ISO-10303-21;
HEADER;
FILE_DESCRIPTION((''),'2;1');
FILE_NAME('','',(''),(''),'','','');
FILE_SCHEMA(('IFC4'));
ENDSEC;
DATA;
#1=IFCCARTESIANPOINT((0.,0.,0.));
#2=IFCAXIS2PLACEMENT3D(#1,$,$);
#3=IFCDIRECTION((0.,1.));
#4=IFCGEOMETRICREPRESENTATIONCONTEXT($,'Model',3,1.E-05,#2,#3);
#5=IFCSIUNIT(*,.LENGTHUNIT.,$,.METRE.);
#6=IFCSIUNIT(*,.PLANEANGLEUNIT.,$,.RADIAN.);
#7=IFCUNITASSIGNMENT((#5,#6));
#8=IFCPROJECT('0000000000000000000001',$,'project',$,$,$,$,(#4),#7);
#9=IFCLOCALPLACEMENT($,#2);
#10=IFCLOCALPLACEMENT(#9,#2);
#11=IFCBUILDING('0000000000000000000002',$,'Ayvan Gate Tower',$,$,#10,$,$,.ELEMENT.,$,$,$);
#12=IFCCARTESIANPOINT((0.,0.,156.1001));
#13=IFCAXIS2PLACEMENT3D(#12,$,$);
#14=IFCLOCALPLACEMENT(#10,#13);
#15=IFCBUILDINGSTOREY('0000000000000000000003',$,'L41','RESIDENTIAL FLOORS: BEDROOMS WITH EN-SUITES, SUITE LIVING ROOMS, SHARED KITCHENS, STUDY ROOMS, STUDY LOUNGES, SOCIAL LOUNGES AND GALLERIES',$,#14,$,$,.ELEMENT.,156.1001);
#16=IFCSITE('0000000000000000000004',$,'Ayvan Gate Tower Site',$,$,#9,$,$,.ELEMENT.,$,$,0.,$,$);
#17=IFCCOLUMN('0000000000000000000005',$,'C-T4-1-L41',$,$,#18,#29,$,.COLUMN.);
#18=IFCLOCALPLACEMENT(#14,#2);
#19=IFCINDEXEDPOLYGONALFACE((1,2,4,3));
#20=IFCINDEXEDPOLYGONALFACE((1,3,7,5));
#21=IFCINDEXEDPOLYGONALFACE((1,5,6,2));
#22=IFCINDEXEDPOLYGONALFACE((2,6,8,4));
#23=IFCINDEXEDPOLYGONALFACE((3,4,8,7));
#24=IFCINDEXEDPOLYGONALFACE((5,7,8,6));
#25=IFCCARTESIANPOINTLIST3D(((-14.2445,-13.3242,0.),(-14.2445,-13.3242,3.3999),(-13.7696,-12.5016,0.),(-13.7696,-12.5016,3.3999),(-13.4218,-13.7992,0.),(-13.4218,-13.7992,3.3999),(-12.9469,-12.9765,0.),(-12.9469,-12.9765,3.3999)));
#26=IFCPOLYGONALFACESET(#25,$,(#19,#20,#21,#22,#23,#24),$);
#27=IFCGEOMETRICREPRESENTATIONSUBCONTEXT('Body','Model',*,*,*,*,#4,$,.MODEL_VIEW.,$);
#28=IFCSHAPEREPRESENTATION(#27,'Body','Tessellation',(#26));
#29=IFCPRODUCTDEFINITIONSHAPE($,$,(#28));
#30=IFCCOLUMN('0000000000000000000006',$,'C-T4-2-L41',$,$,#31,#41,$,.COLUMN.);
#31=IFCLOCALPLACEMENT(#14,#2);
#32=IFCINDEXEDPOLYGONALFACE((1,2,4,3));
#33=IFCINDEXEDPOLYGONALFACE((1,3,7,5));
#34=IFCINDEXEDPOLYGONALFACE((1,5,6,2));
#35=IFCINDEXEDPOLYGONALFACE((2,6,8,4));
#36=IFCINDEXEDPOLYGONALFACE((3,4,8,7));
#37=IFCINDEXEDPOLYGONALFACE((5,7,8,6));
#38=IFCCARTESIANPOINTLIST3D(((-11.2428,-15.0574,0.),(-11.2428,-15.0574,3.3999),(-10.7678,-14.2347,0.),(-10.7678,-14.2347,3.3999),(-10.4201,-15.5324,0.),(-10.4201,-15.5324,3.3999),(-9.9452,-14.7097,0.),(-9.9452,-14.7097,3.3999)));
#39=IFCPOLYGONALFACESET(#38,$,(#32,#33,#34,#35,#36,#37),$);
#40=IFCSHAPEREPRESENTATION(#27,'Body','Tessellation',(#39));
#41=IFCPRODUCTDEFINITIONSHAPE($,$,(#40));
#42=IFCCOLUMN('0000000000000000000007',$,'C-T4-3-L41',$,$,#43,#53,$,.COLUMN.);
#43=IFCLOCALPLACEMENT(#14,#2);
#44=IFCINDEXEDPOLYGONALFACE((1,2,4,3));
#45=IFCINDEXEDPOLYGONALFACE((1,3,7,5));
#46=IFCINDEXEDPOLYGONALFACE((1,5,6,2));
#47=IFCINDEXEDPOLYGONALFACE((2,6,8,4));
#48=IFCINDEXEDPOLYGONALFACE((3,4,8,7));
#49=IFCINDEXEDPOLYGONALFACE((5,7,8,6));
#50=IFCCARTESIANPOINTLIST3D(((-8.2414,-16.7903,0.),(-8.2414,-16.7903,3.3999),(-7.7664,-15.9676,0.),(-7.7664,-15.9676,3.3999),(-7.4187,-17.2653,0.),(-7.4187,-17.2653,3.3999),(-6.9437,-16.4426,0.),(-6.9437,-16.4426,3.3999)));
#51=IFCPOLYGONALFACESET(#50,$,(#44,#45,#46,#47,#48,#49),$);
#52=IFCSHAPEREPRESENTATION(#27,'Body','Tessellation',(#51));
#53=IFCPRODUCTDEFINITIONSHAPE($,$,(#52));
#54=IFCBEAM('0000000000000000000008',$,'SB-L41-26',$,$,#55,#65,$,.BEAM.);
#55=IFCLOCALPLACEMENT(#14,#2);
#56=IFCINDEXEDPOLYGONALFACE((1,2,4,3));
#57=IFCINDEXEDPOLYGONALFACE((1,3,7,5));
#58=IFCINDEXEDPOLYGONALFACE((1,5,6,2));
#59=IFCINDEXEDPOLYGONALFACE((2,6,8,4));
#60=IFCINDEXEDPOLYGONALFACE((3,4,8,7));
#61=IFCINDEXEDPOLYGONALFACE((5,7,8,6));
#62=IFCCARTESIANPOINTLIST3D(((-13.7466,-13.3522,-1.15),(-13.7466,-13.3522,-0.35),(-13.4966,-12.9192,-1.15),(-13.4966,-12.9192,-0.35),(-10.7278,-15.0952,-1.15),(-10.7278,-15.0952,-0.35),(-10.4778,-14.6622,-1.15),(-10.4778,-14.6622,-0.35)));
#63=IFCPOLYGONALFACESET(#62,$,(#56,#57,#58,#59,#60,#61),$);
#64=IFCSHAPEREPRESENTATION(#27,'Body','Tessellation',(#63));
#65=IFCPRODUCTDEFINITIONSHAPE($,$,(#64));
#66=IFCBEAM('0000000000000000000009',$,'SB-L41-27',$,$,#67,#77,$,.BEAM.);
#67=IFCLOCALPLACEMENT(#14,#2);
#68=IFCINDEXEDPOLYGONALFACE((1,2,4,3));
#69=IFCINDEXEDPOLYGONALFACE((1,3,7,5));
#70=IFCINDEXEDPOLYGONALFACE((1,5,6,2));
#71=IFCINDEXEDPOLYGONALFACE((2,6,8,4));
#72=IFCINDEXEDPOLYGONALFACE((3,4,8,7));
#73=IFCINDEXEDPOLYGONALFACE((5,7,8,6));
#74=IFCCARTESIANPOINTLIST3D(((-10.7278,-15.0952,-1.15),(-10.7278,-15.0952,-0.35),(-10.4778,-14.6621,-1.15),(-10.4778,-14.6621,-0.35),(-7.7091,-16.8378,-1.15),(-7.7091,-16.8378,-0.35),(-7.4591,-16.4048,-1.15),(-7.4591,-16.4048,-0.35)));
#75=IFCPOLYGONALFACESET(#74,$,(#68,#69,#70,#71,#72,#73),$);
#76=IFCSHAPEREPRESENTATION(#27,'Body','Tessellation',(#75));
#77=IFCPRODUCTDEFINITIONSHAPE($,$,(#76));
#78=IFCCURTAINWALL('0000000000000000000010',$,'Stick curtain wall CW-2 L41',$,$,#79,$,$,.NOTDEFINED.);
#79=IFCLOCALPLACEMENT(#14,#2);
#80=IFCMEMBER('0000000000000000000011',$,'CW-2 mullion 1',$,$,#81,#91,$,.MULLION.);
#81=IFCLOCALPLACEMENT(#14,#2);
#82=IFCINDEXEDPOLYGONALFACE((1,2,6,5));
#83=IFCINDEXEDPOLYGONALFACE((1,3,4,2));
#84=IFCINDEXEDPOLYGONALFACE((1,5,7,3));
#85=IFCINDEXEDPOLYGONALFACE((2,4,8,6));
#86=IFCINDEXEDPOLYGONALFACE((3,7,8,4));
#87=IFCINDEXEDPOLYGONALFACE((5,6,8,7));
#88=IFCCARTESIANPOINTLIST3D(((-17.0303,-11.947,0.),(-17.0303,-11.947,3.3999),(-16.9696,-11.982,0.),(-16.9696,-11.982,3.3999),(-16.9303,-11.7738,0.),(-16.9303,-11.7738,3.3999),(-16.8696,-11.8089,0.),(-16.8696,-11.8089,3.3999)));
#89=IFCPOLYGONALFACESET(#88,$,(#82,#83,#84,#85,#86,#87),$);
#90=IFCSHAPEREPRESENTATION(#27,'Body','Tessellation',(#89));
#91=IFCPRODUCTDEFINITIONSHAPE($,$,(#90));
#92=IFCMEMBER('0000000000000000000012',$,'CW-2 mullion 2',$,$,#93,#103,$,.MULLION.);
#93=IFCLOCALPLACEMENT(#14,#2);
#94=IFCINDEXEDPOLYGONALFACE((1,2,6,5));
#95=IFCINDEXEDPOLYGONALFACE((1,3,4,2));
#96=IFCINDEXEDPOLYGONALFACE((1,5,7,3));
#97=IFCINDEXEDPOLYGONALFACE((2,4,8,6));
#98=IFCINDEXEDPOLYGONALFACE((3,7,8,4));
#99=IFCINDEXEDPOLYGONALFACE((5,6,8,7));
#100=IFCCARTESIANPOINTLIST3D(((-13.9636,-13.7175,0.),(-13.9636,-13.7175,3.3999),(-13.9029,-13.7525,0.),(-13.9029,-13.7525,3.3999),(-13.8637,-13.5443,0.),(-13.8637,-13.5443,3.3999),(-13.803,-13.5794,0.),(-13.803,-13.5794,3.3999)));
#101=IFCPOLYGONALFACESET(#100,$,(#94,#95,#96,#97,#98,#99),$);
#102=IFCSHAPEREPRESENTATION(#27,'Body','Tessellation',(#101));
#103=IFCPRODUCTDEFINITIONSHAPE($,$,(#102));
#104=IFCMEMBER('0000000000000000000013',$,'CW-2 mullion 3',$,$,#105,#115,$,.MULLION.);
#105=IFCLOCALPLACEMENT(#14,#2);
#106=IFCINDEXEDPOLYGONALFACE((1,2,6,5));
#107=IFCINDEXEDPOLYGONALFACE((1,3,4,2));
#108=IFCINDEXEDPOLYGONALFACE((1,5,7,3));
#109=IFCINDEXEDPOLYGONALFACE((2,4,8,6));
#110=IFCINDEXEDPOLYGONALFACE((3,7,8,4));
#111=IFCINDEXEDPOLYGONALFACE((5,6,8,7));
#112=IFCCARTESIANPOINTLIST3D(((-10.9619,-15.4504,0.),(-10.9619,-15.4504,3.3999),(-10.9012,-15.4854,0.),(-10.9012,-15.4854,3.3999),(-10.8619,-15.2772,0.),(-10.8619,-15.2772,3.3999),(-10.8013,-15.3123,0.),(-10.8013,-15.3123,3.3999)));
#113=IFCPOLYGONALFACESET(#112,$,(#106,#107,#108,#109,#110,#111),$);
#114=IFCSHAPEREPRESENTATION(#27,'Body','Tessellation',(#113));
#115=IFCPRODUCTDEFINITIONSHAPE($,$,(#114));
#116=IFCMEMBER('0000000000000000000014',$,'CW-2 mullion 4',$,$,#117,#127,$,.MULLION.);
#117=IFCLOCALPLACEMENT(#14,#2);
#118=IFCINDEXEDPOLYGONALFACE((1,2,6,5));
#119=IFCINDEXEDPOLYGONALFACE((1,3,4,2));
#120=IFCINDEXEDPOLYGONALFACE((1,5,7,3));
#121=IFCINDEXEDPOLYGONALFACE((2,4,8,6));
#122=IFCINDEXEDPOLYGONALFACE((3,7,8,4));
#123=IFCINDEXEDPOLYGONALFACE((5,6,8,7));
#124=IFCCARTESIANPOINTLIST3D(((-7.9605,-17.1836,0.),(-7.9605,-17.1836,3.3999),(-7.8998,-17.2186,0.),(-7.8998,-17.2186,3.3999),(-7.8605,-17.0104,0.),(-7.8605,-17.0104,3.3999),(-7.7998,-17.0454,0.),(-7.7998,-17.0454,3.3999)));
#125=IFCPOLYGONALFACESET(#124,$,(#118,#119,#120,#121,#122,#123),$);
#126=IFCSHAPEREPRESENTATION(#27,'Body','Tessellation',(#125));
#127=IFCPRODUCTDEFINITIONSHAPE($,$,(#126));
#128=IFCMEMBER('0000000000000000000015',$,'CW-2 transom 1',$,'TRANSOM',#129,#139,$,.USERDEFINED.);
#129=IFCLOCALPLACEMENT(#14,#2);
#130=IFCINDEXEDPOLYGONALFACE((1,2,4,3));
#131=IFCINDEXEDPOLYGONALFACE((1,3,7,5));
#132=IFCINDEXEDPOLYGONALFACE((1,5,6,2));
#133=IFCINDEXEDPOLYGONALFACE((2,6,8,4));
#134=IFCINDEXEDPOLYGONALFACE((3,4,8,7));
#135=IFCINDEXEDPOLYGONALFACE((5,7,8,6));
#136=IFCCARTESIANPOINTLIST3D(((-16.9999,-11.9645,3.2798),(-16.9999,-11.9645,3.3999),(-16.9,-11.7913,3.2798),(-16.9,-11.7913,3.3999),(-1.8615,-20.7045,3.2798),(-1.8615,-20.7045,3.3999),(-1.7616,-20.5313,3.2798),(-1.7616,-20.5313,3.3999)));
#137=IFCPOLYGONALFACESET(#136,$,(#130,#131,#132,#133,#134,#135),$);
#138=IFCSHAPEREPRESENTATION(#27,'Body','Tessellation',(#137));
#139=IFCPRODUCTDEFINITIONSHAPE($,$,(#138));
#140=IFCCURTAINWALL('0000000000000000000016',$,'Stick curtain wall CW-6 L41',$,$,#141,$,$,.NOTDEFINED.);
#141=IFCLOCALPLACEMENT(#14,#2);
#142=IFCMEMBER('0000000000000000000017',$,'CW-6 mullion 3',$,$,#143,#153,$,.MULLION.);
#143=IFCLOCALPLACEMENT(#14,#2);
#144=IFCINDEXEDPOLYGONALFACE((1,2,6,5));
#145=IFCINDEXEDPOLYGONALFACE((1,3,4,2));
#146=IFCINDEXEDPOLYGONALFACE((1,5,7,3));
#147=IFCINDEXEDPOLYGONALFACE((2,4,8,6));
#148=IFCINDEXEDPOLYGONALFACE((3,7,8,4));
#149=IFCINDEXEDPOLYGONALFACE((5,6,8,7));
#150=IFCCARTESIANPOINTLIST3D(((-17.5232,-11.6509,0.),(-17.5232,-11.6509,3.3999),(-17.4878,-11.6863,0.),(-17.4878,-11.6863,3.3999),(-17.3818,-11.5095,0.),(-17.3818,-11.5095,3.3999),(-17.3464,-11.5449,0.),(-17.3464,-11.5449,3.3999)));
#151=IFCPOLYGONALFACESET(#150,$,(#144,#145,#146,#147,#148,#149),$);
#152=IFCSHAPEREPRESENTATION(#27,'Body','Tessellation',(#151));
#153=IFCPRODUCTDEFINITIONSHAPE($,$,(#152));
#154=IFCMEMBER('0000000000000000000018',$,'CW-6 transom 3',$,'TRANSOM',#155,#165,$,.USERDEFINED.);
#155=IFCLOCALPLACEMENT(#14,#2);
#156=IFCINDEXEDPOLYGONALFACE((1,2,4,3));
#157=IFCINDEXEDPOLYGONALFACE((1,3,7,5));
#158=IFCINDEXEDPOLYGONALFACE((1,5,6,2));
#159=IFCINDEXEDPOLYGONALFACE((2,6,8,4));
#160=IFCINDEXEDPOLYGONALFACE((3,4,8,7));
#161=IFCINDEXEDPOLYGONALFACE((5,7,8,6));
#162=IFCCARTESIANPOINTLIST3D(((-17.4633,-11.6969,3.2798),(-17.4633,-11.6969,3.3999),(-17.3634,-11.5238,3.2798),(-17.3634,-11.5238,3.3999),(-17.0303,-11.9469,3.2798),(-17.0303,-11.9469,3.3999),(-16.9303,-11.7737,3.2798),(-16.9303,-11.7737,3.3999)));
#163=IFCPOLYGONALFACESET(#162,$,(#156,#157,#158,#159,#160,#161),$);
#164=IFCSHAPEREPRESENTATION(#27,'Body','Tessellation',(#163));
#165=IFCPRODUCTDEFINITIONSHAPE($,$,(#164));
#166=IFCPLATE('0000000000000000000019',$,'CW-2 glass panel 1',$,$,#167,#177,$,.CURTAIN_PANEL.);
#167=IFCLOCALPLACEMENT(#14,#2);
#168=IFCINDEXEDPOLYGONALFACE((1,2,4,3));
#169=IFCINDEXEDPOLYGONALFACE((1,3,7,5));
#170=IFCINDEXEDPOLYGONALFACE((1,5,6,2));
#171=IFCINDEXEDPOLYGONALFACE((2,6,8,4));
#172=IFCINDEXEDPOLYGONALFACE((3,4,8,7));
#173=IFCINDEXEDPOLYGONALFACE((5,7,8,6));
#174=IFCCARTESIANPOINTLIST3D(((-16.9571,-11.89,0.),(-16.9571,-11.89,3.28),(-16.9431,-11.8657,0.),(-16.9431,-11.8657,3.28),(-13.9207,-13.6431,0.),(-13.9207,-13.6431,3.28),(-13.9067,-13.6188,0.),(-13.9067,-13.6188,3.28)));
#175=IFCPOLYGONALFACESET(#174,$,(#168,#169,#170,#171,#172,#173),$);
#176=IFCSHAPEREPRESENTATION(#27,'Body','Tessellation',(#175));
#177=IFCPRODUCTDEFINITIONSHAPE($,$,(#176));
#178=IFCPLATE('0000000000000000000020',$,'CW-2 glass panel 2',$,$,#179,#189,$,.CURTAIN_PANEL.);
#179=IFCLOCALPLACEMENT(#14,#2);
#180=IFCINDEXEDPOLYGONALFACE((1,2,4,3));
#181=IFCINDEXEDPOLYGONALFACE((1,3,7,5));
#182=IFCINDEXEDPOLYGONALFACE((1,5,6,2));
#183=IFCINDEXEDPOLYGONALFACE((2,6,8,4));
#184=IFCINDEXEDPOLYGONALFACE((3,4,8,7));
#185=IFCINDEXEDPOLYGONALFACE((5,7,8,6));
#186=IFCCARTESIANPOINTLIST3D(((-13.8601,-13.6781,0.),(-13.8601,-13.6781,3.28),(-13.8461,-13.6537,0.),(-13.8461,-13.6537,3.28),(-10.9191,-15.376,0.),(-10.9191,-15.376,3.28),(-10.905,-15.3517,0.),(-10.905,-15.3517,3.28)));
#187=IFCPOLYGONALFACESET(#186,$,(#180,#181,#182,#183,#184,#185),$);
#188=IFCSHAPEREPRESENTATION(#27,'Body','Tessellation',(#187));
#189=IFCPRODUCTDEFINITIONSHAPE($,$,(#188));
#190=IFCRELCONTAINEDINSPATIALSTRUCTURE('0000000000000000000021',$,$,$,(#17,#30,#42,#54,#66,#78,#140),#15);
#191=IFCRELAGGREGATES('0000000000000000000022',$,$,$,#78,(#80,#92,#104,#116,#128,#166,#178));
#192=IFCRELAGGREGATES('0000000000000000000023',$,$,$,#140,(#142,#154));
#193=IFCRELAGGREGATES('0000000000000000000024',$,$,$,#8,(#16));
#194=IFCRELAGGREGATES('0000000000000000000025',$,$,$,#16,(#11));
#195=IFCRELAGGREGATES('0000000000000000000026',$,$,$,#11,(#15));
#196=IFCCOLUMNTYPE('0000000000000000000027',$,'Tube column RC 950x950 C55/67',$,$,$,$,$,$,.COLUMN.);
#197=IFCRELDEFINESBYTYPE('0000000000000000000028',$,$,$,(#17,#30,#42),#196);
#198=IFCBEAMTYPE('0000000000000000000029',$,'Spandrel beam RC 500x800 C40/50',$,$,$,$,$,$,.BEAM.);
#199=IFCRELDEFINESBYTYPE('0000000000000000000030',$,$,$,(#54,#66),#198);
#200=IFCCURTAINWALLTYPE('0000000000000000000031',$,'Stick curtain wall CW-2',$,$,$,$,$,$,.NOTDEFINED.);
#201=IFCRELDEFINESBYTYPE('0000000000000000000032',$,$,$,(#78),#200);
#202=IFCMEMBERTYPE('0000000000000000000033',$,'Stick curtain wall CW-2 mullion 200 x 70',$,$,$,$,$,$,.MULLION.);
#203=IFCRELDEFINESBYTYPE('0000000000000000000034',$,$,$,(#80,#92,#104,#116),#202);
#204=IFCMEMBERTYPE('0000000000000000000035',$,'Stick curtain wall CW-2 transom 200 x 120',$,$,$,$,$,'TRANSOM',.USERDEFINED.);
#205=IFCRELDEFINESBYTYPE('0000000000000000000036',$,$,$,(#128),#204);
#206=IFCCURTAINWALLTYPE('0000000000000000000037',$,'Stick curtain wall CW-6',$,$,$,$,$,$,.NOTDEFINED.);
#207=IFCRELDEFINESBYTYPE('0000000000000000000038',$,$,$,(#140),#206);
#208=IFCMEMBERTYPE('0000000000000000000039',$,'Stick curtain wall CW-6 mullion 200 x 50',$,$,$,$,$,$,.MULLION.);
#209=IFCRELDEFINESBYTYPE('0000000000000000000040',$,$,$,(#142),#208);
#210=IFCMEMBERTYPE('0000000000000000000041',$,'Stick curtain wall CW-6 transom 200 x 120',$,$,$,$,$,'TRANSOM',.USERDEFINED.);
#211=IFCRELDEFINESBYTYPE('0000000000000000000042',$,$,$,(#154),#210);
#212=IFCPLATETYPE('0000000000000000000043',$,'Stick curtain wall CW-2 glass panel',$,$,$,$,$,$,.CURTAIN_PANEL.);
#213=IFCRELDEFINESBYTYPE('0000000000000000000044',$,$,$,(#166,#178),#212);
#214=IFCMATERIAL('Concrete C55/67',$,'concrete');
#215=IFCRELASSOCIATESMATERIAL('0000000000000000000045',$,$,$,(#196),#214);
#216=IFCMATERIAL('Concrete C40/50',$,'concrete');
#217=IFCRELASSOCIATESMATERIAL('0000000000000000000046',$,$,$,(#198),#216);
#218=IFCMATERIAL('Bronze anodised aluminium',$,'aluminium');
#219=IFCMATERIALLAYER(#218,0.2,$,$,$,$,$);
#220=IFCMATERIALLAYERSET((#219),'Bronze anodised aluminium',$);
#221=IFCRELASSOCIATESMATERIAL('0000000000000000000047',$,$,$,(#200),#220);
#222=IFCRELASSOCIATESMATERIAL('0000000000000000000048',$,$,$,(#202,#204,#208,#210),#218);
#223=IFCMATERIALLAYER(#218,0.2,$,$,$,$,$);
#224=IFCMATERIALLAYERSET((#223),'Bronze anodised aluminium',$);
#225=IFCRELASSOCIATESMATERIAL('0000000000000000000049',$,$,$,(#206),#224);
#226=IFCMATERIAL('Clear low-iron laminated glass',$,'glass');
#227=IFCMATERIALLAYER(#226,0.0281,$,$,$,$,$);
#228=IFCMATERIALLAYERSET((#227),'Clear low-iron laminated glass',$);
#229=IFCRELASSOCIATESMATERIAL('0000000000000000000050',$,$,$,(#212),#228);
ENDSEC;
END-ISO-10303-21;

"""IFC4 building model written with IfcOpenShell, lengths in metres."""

from ifc_helpers import new_model, si_unit, direction, frame, origin, origin_2d, place, context, subcontext, project, spatial, rectangle, extrude, material, layer, layer_set, material_profile, profile_set, type_object, element, aggregate, save


model = new_model("IFC4")

# Units and contexts
model_context = context("Model", 3, precision=1e-05, world=origin(), true_north=direction((0.0, 1.0)))
body_context = subcontext(model_context, "Body", "Model", "MODEL_VIEW")
ifc_project = project(units=[si_unit("LENGTHUNIT", "METRE"), si_unit("PLANEANGLEUNIT", "RADIAN")], contexts=[model_context])

# Site, building, storey
site_placement = place(None, origin())
site = spatial("IfcSite", under=ifc_project, at=site_placement, Name="Ayvan Gate Tower Site", CompositionType="ELEMENT", RefElevation=0.0)
building_placement = place(site_placement, origin())
building = spatial("IfcBuilding", under=site, at=building_placement, Name="Ayvan Gate Tower", CompositionType="ELEMENT")
storey_placement = place(building_placement, frame((0.0, 0.0, 156.1001)))
storey = spatial("IfcBuildingStorey", under=building, at=storey_placement, Name="L41", Description="RESIDENTIAL FLOORS: BEDROOMS WITH EN-SUITES, SUITE LIVING ROOMS, SHARED KITCHENS, STUDY ROOMS, STUDY LOUNGES, SOCIAL LOUNGES AND GALLERIES", CompositionType="ELEMENT", Elevation=156.1001)

# Columns
ifc_material_1 = material(Name="Concrete C55/67", Category="concrete")
ifc_material_profile_1 = material_profile(ifc_material_1, rectangle(XDim=0.95, YDim=0.95, at=origin_2d()), Name="RC 950x950")
ifc_profile_set_1 = profile_set([ifc_material_profile_1], Name="Concrete C55/67")
column_type = type_object("IfcColumnType", Name="Tube column RC 950x950 C55/67", PredefinedType="COLUMN", material=ifc_profile_set_1)
for number, where, z_axis, x_axis, name in (
    (1, (-13.5957, -13.1504, 0.0), (0.0, 0.0, 1.0), (-0.5, -0.866025, 0.0), "C-T4-1-L41"),
    (2, (-10.594, -14.8835, 0.0), (0.0, 0.0, 1.0), (-0.5, -0.866025, 0.0), "C-T4-2-L41"),
    (3, (-7.5925, -16.6165, 0.0), (0.0, 0.0, 1.0), (-0.5, -0.866025, 0.0), "C-T4-3-L41"),
):
    element("IfcColumn", number, at=place(storey_placement, frame(where, z_axis=z_axis, x_axis=x_axis)), inside=storey, type_object=column_type, Name=name, PredefinedType="COLUMN", context=body_context, shape_type="SweptSolid", body=[
        extrude(rectangle(XDim=0.95, YDim=0.95, at=origin_2d()), origin(), (0.0, 0.0, 1.0), 3.3999),
    ])

# Beams
ifc_material_2 = material(Name="Concrete C40/50", Category="concrete")
ifc_material_profile_2 = material_profile(ifc_material_2, rectangle(XDim=0.5, YDim=0.8, at=origin_2d()), Name="RC 500x800")
ifc_profile_set_2 = profile_set([ifc_material_profile_2], Name="Concrete C40/50")
beam_type = type_object("IfcBeamType", Name="Spandrel beam RC 500x800 C40/50", PredefinedType="BEAM", material=ifc_profile_set_2)
beam_1_placement = place(storey_placement, frame((-13.6216, -13.1357, -0.75), z_axis=(0.866023, -0.500003, 0.0), x_axis=(0.500003, 0.866023, 0.0)))
element("IfcBeam", 4, at=beam_1_placement, inside=storey, type_object=beam_type, Name="SB-L41-26", PredefinedType="BEAM", context=body_context, shape_type="SweptSolid", body=[
    extrude(rectangle(XDim=0.5, YDim=0.8, at=origin_2d()), origin(), (0.0, 0.0, 1.0), 3.4858),
])
beam_2_placement = place(storey_placement, frame((-10.6028, -14.8787, -0.75), z_axis=(0.866054, -0.499951, 0.0), x_axis=(0.499951, 0.866054, 0.0)))
element("IfcBeam", 5, at=beam_2_placement, inside=storey, type_object=beam_type, Name="SB-L41-27", PredefinedType="BEAM", context=body_context, shape_type="SweptSolid", body=[
    extrude(rectangle(XDim=0.5, YDim=0.8, at=origin_2d()), origin(), (0.0, 0.0, 1.0), 3.4856),
])

# Curtain walls, members
ifc_material_3 = material(Name="Bronze anodised aluminium", Category="aluminium")
ifc_layer_1 = layer(ifc_material_3, 0.2)
ifc_layer_set_1 = layer_set([ifc_layer_1], Name="Bronze anodised aluminium")
curtain_wall_type_1 = type_object("IfcCurtainWallType", Name="Stick curtain wall CW-2", PredefinedType="NOTDEFINED", material=ifc_layer_set_1)
curtain_wall_1_placement = place(storey_placement, origin())
curtain_wall_1 = element("IfcCurtainWall", 6, at=curtain_wall_1_placement, inside=storey, type_object=curtain_wall_type_1, Name="Stick curtain wall CW-2 L41", PredefinedType="NOTDEFINED")
ifc_material_profile_3 = material_profile(ifc_material_3, rectangle(XDim=0.2, YDim=0.0701, at=origin_2d()), Name="Stick curtain wall CW-2 mullion 200 x 70")
ifc_profile_set_3 = profile_set([ifc_material_profile_3], Name="Bronze anodised aluminium")
member_type_1 = type_object("IfcMemberType", Name="Stick curtain wall CW-2 mullion 200 x 70", PredefinedType="MULLION", material=ifc_profile_set_3)
member_1_placement = place(storey_placement, frame((-16.95, -11.8779, 0.0), z_axis=(0.0, 0.0, 1.0), x_axis=(-0.5, -0.866025, 0.0)))
member_1 = element("IfcMember", 7, at=member_1_placement, type_object=member_type_1, Name="CW-2 mullion 1", PredefinedType="MULLION", context=body_context, shape_type="SweptSolid", body=[
    extrude(rectangle(XDim=0.2, YDim=0.0701, at=origin_2d()), origin(), (0.0, 0.0, 1.0), 3.3999),
])
member_2_placement = place(storey_placement, frame((-13.8833, -13.6484, 0.0), z_axis=(0.0, 0.0, 1.0), x_axis=(-0.5, -0.866025, 0.0)))
member_2 = element("IfcMember", 8, at=member_2_placement, type_object=member_type_1, Name="CW-2 mullion 2", PredefinedType="MULLION", context=body_context, shape_type="SweptSolid", body=[
    extrude(rectangle(XDim=0.2, YDim=0.0701, at=origin_2d()), origin(), (0.0, 0.0, 1.0), 3.3999),
])
member_3_placement = place(storey_placement, frame((-10.8816, -15.3813, 0.0), z_axis=(0.0, 0.0, 1.0), x_axis=(-0.5, -0.866025, 0.0)))
member_3 = element("IfcMember", 9, at=member_3_placement, type_object=member_type_1, Name="CW-2 mullion 3", PredefinedType="MULLION", context=body_context, shape_type="SweptSolid", body=[
    extrude(rectangle(XDim=0.2, YDim=0.0701, at=origin_2d()), origin(), (0.0, 0.0, 1.0), 3.3999),
])
member_4_placement = place(storey_placement, frame((-7.8801, -17.1145, 0.0), z_axis=(0.0, 0.0, 1.0), x_axis=(-0.5, -0.866025, 0.0)))
member_4 = element("IfcMember", 10, at=member_4_placement, type_object=member_type_1, Name="CW-2 mullion 4", PredefinedType="MULLION", context=body_context, shape_type="SweptSolid", body=[
    extrude(rectangle(XDim=0.2, YDim=0.0701, at=origin_2d()), origin(), (0.0, 0.0, 1.0), 3.3999),
])
ifc_material_profile_4 = material_profile(ifc_material_3, rectangle(XDim=0.2, YDim=0.1201, at=origin_2d()), Name="Stick curtain wall CW-2 transom 200 x 120")
ifc_profile_set_4 = profile_set([ifc_material_profile_4], Name="Bronze anodised aluminium")
member_type_2 = type_object("IfcMemberType", Name="Stick curtain wall CW-2 transom 200 x 120", ElementType="TRANSOM", PredefinedType="USERDEFINED", material=ifc_profile_set_4)
member_5_placement = place(storey_placement, frame((-16.95, -11.8779, 3.3398), z_axis=(0.86603, -0.499992, 0.0), x_axis=(0.499992, 0.86603, 0.0)))
member_5 = element("IfcMember", 11, at=member_5_placement, type_object=member_type_2, Name="CW-2 transom 1", ObjectType="TRANSOM", PredefinedType="USERDEFINED", context=body_context, shape_type="SweptSolid", body=[
    extrude(rectangle(XDim=0.2, YDim=0.1201, at=origin_2d()), origin(), (0.0, 0.0, 1.0), 17.4802),
])
ifc_layer_2 = layer(ifc_material_3, 0.2)
ifc_layer_set_2 = layer_set([ifc_layer_2], Name="Bronze anodised aluminium")
curtain_wall_type_2 = type_object("IfcCurtainWallType", Name="Stick curtain wall CW-6", PredefinedType="NOTDEFINED", material=ifc_layer_set_2)
curtain_wall_2_placement = place(storey_placement, origin())
curtain_wall_2 = element("IfcCurtainWall", 12, at=curtain_wall_2_placement, inside=storey, type_object=curtain_wall_type_2, Name="Stick curtain wall CW-6 L41", PredefinedType="NOTDEFINED")
ifc_material_profile_5 = material_profile(ifc_material_3, rectangle(XDim=0.2, YDim=0.05, at=origin_2d()), Name="Stick curtain wall CW-6 mullion 200 x 50")
ifc_profile_set_5 = profile_set([ifc_material_profile_5], Name="Bronze anodised aluminium")
member_type_3 = type_object("IfcMemberType", Name="Stick curtain wall CW-6 mullion 200 x 50", PredefinedType="MULLION", material=ifc_profile_set_5)
member_6_placement = place(storey_placement, frame((-17.4348, -11.5979, 0.0), z_axis=(0.0, 0.0, 1.0), x_axis=(-0.707107, -0.707107, 0.0)))
member_6 = element("IfcMember", 13, at=member_6_placement, type_object=member_type_3, Name="CW-6 mullion 3", PredefinedType="MULLION", context=body_context, shape_type="SweptSolid", body=[
    extrude(rectangle(XDim=0.2, YDim=0.05, at=origin_2d()), origin(), (0.0, 0.0, 1.0), 3.3999),
])
ifc_material_profile_6 = material_profile(ifc_material_3, rectangle(XDim=0.2, YDim=0.1201, at=origin_2d()), Name="Stick curtain wall CW-6 transom 200 x 120")
ifc_profile_set_6 = profile_set([ifc_material_profile_6], Name="Bronze anodised aluminium")
member_type_4 = type_object("IfcMemberType", Name="Stick curtain wall CW-6 transom 200 x 120", ElementType="TRANSOM", PredefinedType="USERDEFINED", material=ifc_profile_set_6)
member_7_placement = place(storey_placement, frame((-17.4133, -11.6104, 3.3398), z_axis=(0.866072, -0.49992, 0.0), x_axis=(0.49992, 0.866072, 0.0)))
member_7 = element("IfcMember", 14, at=member_7_placement, type_object=member_type_4, Name="CW-6 transom 3", ObjectType="TRANSOM", PredefinedType="USERDEFINED", context=body_context, shape_type="SweptSolid", body=[
    extrude(rectangle(XDim=0.2, YDim=0.1201, at=origin_2d()), origin(), (0.0, 0.0, 1.0), 0.5),
])

# Plates
ifc_material_4 = material(Name="Clear low-iron laminated glass", Category="glass")
ifc_layer_3 = layer(ifc_material_4, 0.0281)
ifc_layer_set_3 = layer_set([ifc_layer_3], Name="Clear low-iron laminated glass")
plate_type_1 = type_object("IfcPlateType", Name="Stick curtain wall CW-2 glass panel", PredefinedType="CURTAIN_PANEL", material=ifc_layer_set_3)
plate_1_placement = place(storey_placement, frame((-15.4319, -12.7544, 0.0), z_axis=(0.0, 0.0, 1.0), x_axis=(0.866025, -0.5, 0.0)))
plate_1 = element("IfcPlate", 15, at=plate_1_placement, type_object=plate_type_1, Name="CW-2 glass panel 1", PredefinedType="CURTAIN_PANEL", context=body_context, shape_type="SweptSolid", body=[
    extrude(rectangle(XDim=3.5061, YDim=0.0281, at=origin_2d()), origin(), (0.0, 0.0, 1.0), 3.28),
])
plate_2_placement = place(storey_placement, frame((-12.3826, -14.5149, 0.0), z_axis=(0.0, 0.0, 1.0), x_axis=(0.866025, -0.5, 0.0)))
plate_2 = element("IfcPlate", 16, at=plate_2_placement, type_object=plate_type_1, Name="CW-2 glass panel 2", PredefinedType="CURTAIN_PANEL", context=body_context, shape_type="SweptSolid", body=[
    extrude(rectangle(XDim=3.396, YDim=0.0281, at=origin_2d()), origin(), (0.0, 0.0, 1.0), 3.28),
])
aggregate(curtain_wall_1, [member_1, member_2, member_3, member_4, member_5, plate_1, plate_2])
aggregate(curtain_wall_2, [member_6, member_7])

save(model, "model.ifc")
